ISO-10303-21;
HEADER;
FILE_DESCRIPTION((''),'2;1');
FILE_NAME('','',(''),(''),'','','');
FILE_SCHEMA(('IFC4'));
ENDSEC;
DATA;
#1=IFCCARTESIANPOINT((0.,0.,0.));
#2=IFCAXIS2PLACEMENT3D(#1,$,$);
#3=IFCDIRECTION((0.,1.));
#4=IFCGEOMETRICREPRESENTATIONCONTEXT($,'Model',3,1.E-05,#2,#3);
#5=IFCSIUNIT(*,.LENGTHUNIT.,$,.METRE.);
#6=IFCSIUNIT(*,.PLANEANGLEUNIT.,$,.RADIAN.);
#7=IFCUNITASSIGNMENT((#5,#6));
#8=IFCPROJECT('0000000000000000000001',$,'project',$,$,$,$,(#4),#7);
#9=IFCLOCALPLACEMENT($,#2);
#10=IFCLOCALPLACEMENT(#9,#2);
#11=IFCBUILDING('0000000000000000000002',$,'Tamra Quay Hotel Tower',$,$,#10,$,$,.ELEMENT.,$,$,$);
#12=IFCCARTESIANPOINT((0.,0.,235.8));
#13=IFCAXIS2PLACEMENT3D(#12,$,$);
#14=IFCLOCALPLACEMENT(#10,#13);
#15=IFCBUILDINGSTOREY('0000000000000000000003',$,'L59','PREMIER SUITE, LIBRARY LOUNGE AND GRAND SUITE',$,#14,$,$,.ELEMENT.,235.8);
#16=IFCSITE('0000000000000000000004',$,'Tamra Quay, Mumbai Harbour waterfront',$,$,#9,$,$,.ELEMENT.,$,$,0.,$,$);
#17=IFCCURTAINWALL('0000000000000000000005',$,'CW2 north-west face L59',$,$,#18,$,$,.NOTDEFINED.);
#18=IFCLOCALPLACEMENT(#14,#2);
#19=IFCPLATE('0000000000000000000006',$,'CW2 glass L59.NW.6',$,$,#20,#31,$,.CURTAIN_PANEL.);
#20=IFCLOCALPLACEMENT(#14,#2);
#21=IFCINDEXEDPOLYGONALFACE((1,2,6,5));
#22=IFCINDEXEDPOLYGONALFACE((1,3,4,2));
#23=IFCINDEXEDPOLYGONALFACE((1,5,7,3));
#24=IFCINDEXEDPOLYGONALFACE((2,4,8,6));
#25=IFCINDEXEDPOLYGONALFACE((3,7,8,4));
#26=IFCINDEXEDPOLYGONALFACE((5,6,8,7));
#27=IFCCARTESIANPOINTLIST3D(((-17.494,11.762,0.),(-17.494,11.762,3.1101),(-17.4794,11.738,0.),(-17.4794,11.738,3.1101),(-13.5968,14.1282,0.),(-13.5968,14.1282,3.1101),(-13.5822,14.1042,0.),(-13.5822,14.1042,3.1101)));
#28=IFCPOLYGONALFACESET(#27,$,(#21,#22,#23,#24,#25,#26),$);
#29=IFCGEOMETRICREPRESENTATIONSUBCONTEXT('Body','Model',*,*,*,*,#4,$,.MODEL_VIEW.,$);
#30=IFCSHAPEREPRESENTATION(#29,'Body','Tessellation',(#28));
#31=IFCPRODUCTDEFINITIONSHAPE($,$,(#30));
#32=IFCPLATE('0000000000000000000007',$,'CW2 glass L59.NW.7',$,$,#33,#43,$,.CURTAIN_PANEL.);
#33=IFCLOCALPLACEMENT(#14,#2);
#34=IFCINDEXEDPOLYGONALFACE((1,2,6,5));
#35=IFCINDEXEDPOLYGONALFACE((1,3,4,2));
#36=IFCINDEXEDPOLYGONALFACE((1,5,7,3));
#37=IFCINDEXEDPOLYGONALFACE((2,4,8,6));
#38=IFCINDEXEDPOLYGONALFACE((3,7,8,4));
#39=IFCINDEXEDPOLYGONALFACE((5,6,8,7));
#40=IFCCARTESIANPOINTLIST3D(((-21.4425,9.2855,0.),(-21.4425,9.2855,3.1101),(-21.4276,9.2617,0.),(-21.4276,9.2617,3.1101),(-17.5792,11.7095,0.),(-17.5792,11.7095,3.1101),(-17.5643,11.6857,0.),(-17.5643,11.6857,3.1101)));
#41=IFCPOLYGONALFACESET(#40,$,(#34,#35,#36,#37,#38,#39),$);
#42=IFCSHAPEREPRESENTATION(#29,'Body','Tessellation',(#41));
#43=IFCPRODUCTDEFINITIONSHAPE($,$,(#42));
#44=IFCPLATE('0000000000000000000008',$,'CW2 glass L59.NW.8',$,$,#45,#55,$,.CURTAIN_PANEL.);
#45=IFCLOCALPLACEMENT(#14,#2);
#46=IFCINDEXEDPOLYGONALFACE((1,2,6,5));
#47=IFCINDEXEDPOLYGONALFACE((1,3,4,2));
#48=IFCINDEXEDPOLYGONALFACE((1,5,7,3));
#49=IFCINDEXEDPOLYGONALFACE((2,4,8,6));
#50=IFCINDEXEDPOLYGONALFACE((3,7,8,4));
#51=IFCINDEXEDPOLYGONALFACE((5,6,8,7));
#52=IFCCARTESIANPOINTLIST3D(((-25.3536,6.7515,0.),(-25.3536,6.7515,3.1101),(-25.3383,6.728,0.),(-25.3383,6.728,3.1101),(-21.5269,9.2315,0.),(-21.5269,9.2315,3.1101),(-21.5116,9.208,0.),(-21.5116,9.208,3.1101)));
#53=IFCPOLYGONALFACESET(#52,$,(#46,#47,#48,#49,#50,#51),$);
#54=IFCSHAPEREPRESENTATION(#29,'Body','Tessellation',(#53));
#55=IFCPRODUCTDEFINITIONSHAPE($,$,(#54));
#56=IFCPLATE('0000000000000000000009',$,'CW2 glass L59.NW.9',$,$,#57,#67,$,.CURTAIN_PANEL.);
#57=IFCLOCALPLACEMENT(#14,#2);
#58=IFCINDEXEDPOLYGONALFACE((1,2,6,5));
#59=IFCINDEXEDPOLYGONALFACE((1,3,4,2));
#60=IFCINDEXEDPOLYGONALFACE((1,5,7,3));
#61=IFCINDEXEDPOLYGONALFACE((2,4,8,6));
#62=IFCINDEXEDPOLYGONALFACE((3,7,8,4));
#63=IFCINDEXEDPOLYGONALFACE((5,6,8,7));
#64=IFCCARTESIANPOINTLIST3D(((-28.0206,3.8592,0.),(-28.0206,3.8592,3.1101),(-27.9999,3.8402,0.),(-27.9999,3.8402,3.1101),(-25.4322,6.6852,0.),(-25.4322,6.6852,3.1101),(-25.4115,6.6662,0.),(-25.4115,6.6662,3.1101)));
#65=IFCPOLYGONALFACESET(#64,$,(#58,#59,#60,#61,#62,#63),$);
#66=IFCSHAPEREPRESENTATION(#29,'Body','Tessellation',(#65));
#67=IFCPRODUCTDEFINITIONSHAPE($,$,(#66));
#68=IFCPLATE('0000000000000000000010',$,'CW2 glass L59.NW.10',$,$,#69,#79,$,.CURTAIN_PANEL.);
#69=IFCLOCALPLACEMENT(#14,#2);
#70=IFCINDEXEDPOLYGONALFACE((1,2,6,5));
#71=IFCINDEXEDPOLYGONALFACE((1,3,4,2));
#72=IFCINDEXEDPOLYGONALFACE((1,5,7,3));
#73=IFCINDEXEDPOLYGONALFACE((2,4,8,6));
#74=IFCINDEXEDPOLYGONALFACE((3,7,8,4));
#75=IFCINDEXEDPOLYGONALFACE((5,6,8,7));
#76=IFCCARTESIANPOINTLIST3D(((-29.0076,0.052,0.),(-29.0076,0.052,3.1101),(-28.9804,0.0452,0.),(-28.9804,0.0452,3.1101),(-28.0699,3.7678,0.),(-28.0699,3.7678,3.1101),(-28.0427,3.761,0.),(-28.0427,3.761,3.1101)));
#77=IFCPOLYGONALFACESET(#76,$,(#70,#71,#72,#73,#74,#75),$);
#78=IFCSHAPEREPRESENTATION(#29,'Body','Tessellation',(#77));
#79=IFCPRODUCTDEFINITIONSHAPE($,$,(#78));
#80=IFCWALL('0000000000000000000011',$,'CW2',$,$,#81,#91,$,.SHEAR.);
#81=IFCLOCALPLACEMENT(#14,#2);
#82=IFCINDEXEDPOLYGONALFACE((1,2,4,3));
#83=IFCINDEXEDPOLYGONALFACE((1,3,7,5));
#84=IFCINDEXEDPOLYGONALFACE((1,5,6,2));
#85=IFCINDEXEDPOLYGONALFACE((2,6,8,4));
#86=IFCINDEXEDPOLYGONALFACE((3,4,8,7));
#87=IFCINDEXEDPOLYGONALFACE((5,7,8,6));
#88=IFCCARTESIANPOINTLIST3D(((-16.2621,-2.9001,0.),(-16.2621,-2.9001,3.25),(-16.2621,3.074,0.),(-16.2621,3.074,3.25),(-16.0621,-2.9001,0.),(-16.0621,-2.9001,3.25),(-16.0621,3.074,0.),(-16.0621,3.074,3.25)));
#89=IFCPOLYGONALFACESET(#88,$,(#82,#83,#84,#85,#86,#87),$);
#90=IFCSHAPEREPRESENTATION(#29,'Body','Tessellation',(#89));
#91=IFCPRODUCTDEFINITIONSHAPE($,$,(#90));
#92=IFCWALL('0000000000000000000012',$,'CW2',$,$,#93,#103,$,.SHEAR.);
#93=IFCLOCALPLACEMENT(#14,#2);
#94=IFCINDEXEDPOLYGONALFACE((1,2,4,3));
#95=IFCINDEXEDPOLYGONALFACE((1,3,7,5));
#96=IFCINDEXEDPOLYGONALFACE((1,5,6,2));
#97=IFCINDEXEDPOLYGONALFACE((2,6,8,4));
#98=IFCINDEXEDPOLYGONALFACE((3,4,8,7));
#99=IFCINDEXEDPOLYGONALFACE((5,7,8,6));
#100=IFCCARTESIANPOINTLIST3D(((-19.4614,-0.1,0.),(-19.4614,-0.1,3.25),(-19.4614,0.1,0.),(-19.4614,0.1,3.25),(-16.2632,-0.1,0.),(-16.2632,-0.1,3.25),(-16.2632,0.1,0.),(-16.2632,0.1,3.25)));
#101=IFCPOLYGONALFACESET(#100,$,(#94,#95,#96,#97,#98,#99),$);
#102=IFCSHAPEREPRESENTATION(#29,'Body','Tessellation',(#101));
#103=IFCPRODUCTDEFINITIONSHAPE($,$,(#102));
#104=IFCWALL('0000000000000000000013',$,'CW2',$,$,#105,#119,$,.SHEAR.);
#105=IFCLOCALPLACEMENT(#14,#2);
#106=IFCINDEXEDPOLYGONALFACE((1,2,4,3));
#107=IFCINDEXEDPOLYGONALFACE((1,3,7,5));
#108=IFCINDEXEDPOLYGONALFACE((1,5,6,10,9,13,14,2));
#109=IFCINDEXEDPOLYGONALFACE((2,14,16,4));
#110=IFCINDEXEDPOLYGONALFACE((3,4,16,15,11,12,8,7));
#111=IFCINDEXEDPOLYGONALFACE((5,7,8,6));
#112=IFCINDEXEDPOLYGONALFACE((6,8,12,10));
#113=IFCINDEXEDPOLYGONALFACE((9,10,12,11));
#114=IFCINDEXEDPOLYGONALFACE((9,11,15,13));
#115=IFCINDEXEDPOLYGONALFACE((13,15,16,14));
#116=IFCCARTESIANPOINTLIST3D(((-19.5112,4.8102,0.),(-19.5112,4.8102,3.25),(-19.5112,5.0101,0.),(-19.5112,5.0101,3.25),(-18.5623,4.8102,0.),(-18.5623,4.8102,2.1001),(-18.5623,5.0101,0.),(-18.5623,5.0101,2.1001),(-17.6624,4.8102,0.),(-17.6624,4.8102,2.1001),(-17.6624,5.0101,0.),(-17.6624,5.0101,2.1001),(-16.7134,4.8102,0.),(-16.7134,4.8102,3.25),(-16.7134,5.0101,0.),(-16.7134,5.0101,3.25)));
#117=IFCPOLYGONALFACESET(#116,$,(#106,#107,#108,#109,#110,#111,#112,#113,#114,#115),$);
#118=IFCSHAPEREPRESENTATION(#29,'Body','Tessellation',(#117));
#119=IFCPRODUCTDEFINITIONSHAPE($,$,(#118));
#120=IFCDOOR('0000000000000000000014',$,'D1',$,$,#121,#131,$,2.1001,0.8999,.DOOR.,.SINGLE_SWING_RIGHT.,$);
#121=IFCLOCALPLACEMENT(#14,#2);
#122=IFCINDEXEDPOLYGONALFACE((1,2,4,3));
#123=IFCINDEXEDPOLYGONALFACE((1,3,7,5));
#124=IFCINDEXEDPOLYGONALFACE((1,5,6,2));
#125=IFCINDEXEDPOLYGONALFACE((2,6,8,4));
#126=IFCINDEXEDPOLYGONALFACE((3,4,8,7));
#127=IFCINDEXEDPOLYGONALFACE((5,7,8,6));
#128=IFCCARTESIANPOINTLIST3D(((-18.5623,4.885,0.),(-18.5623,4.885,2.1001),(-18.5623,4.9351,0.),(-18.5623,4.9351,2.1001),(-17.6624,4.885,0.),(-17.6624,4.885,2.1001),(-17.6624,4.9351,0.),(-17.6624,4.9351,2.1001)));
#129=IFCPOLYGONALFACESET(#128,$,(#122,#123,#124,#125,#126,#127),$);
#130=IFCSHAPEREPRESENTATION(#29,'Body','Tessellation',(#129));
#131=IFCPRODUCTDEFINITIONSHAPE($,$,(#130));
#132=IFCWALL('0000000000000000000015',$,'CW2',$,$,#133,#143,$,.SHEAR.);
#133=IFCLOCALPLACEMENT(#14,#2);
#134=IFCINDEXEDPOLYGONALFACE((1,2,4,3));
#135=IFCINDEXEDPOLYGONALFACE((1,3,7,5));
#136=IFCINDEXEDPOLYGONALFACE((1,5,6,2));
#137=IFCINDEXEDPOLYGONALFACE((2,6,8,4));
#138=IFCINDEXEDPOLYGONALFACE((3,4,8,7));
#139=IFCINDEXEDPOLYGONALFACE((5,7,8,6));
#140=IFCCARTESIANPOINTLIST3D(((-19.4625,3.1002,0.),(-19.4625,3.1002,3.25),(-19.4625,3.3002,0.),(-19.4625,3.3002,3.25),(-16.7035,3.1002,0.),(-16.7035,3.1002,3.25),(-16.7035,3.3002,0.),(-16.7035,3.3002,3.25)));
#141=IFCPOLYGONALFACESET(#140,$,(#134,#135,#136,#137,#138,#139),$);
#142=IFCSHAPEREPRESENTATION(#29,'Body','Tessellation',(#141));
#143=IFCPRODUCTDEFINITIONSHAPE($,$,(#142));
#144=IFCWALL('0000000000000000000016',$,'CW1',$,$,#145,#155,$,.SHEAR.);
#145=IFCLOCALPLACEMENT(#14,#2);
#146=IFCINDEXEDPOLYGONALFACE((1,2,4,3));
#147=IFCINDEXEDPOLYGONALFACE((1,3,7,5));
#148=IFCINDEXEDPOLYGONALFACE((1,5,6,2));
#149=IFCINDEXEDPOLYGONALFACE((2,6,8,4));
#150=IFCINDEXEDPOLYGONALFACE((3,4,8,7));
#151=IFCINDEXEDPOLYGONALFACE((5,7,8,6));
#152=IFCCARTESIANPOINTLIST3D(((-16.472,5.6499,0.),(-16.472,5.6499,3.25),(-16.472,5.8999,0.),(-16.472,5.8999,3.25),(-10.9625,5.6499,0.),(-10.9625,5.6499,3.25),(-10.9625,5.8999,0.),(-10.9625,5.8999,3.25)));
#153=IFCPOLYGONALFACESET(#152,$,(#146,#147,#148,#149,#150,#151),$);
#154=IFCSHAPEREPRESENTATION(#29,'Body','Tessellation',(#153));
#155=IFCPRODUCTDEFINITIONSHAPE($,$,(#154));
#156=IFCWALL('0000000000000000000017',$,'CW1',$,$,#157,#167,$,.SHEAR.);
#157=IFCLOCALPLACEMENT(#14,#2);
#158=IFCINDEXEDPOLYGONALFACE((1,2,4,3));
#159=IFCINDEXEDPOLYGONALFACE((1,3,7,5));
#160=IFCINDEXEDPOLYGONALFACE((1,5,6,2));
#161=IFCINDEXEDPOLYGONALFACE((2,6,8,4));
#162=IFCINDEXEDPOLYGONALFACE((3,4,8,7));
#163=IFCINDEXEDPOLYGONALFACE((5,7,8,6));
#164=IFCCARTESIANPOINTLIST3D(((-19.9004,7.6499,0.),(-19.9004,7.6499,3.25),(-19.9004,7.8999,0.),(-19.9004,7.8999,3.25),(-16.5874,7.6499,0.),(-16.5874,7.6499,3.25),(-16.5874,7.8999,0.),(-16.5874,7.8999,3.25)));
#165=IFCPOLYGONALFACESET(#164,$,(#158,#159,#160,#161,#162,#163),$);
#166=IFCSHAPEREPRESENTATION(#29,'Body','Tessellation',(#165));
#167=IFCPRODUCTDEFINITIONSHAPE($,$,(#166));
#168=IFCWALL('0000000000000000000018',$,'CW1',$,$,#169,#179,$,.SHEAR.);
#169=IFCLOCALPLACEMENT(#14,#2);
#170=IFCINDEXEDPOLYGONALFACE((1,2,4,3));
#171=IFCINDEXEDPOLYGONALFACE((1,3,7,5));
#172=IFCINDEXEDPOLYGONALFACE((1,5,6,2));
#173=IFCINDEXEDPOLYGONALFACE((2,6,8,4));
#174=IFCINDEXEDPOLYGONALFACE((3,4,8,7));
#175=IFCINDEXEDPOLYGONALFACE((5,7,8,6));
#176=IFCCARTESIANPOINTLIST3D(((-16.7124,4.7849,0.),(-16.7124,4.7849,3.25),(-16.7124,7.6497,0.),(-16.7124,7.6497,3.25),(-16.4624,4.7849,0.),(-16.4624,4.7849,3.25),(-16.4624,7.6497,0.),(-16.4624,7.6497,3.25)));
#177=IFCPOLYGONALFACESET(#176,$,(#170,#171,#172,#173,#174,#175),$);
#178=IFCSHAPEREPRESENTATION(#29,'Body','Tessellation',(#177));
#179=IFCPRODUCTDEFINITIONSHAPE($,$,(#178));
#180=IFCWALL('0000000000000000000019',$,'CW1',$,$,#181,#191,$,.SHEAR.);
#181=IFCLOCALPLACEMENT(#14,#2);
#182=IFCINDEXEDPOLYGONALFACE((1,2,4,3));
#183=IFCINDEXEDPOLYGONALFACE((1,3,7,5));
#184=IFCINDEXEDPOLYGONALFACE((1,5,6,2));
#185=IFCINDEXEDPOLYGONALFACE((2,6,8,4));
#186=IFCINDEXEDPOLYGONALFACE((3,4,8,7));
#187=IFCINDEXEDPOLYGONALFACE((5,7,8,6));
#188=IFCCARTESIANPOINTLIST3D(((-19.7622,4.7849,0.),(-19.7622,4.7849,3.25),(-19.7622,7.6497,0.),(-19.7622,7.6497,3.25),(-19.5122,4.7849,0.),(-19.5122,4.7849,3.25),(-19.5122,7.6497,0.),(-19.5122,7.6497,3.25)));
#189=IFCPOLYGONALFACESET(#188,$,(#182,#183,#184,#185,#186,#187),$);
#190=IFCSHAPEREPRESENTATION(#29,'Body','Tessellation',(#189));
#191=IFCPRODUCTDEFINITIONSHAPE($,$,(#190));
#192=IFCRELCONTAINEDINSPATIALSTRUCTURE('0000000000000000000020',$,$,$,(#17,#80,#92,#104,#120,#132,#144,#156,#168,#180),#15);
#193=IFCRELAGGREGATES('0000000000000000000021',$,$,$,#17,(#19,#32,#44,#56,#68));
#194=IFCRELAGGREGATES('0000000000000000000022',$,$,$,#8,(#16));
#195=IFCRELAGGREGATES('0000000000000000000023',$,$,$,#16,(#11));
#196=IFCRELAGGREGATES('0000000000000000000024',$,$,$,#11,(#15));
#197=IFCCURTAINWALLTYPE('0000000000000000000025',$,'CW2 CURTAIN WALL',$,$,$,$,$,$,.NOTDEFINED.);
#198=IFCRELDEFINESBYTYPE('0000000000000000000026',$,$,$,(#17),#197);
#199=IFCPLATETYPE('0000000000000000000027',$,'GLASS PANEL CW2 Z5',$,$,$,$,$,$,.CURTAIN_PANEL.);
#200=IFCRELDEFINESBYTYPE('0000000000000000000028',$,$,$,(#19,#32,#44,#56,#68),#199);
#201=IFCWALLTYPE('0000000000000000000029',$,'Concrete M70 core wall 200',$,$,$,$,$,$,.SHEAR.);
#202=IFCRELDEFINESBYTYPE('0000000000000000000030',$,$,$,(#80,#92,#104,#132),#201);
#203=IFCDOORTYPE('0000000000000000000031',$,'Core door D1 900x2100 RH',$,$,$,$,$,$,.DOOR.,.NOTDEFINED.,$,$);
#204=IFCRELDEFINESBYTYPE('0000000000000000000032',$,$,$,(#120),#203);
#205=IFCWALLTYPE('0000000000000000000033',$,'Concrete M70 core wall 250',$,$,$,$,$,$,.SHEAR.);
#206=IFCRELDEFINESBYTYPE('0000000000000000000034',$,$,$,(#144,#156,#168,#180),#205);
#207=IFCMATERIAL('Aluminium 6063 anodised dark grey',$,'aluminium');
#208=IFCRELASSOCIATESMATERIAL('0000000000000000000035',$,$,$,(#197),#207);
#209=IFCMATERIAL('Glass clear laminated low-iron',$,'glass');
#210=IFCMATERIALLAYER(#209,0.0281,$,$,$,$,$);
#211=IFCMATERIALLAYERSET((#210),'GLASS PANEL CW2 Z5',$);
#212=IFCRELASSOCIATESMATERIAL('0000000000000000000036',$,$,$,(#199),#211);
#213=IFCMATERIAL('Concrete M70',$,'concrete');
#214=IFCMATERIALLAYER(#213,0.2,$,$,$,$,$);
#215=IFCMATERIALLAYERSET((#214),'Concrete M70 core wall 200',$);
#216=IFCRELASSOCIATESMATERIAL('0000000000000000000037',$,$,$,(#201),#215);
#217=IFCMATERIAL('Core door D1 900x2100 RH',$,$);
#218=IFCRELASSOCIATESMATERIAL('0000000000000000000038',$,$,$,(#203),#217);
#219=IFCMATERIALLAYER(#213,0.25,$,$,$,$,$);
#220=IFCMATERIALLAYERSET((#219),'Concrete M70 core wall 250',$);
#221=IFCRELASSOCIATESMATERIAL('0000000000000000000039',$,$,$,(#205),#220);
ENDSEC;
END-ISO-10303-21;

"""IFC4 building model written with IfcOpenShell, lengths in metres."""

from ifc_helpers import new_model, si_unit, direction, frame, frame_2d, origin, origin_2d, place, context, subcontext, project, spatial, rectangle, extrude, material, layer, layer_set, type_object, element, fill, aggregate, save


model = new_model("IFC4")

# Units and contexts
model_context = context("Model", 3, precision=1e-05, world=origin(), true_north=direction((0.0, 1.0)))
body_context = subcontext(model_context, "Body", "Model", "MODEL_VIEW")
ifc_project = project(units=[si_unit("LENGTHUNIT", "METRE"), si_unit("PLANEANGLEUNIT", "RADIAN")], contexts=[model_context])

# Site, building, storey
site_placement = place(None, origin())
site = spatial("IfcSite", under=ifc_project, at=site_placement, Name="Tamra Quay, Mumbai Harbour waterfront", CompositionType="ELEMENT", RefElevation=0.0)
building_placement = place(site_placement, origin())
building = spatial("IfcBuilding", under=site, at=building_placement, Name="Tamra Quay Hotel Tower", CompositionType="ELEMENT")
storey_placement = place(building_placement, frame((0.0, 0.0, 235.8)))
storey = spatial("IfcBuildingStorey", under=building, at=storey_placement, Name="L59", Description="PREMIER SUITE, LIBRARY LOUNGE AND GRAND SUITE", CompositionType="ELEMENT", Elevation=235.8)

# Shared definitions
ifc_material_1 = material(Name="Concrete M70", Category="concrete")

# Curtain wall
ifc_material_2 = material(Name="Aluminium 6063 anodised dark grey", Category="aluminium")
curtain_wall_type = type_object("IfcCurtainWallType", Name="CW2 CURTAIN WALL", PredefinedType="NOTDEFINED", material=ifc_material_2)
curtain_wall_placement = place(storey_placement, origin())
curtain_wall = element("IfcCurtainWall", 1, at=curtain_wall_placement, inside=storey, type_object=curtain_wall_type, Name="CW2 north-west face L59", PredefinedType="NOTDEFINED")

# Plates
ifc_material_3 = material(Name="Glass clear laminated low-iron", Category="glass")
ifc_layer_1 = layer(ifc_material_3, 0.0281)
ifc_layer_set_1 = layer_set([ifc_layer_1], Name="GLASS PANEL CW2 Z5")
plate_type = type_object("IfcPlateType", Name="GLASS PANEL CW2 Z5", PredefinedType="CURTAIN_PANEL", material=ifc_layer_set_1)
plate_1_placement = place(storey_placement, frame((-15.5381, 12.9331, 0.0), z_axis=(0.0, 0.0, 1.0), x_axis=(-0.854783, -0.518985, 0.0)))
plate_1 = element("IfcPlate", 2, at=plate_1_placement, type_object=plate_type, Name="CW2 glass L59.NW.6", PredefinedType="CURTAIN_PANEL", context=body_context, shape_type="SweptSolid", body=[
    extrude(rectangle(XDim=4.5593, YDim=0.0281, at=origin_2d()), origin(), (0.0, 0.0, 1.0), 3.1101),
])
plate_2_placement = place(storey_placement, frame((-19.5034, 10.4856, 0.0), z_axis=(0.0, 0.0, 1.0), x_axis=(-0.847069, -0.531484, 0.0)))
plate_2 = element("IfcPlate", 3, at=plate_2_placement, type_object=plate_type, Name="CW2 glass L59.NW.7", PredefinedType="CURTAIN_PANEL", context=body_context, shape_type="SweptSolid", body=[
    extrude(rectangle(XDim=4.5608, YDim=0.0281, at=origin_2d()), origin(), (0.0, 0.0, 1.0), 3.1101),
])
plate_3_placement = place(storey_placement, frame((-23.4326, 7.9797, 0.0), z_axis=(0.0, 0.0, 1.0), x_axis=(-0.839179, -0.543855, 0.0)))
plate_3 = element("IfcPlate", 4, at=plate_3_placement, type_object=plate_type, Name="CW2 glass L59.NW.8", PredefinedType="CURTAIN_PANEL", context=body_context, shape_type="SweptSolid", body=[
    extrude(rectangle(XDim=4.5601, YDim=0.0281, at=origin_2d()), origin(), (0.0, 0.0, 1.0), 3.1101),
])
plate_4_placement = place(storey_placement, frame((-26.7161, 5.2627, 0.0), z_axis=(0.0, 0.0, 1.0), x_axis=(-0.675438, -0.737417, 0.0)))
plate_4 = element("IfcPlate", 5, at=plate_4_placement, type_object=plate_type, Name="CW2 glass L59.NW.9", PredefinedType="CURTAIN_PANEL", context=body_context, shape_type="SweptSolid", body=[
    extrude(rectangle(XDim=3.8323, YDim=0.0281, at=origin_2d()), origin(), (0.0, 0.0, 1.0), 3.1101),
])
plate_5_placement = place(storey_placement, frame((-28.5251, 1.9065, 0.0), z_axis=(0.0, 0.0, 1.0), x_axis=(-0.244677, -0.969605, 0.0)))
plate_5 = element("IfcPlate", 6, at=plate_5_placement, type_object=plate_type, Name="CW2 glass L59.NW.10", PredefinedType="CURTAIN_PANEL", context=body_context, shape_type="SweptSolid", body=[
    extrude(rectangle(XDim=3.8323, YDim=0.0281, at=origin_2d()), origin(), (0.0, 0.0, 1.0), 3.1101),
])
aggregate(curtain_wall, [plate_1, plate_2, plate_3, plate_4, plate_5])

# Walls
ifc_layer_2 = layer(ifc_material_1, 0.2)
ifc_layer_set_2 = layer_set([ifc_layer_2], Name="Concrete M70 core wall 200")
wall_type_1 = type_object("IfcWallType", Name="Concrete M70 core wall 200", PredefinedType="SHEAR", material=ifc_layer_set_2)
wall_1_placement = place(storey_placement, frame((-16.1621, 3.074, 0.0), z_axis=(0.0, 0.0, 1.0), x_axis=(0.0, -1.0, 0.0)))
element("IfcWall", 7, at=wall_1_placement, inside=storey, type_object=wall_type_1, Name="CW2", PredefinedType="SHEAR", context=body_context, shape_type="SweptSolid", body=[
    extrude(rectangle(XDim=5.9741, YDim=0.2, at=frame_2d((2.9871, 0.0))), origin(), (0.0, 0.0, 1.0), 3.25),
])
wall_2_placement = place(storey_placement, frame((-16.2632, 0.0, 0.0), z_axis=(0.0, 0.0, 1.0), x_axis=(-1.0, 0.0, 0.0)))
element("IfcWall", 8, at=wall_2_placement, inside=storey, type_object=wall_type_1, Name="CW2", PredefinedType="SHEAR", context=body_context, shape_type="SweptSolid", body=[
    extrude(rectangle(XDim=3.1982, YDim=0.2, at=frame_2d((1.5991, 0.0))), origin(), (0.0, 0.0, 1.0), 3.25),
])

# Wall, opening, door
wall_3_placement = place(storey_placement, frame((-19.5112, 4.9102, 0.0), z_axis=(0.0, 0.0, 1.0), x_axis=(1.0, 0.0, 0.0)))
wall_3 = element("IfcWall", 9, at=wall_3_placement, inside=storey, type_object=wall_type_1, Name="CW2", PredefinedType="SHEAR", context=body_context, shape_type="SweptSolid", body=[
    extrude(rectangle(XDim=2.7979, YDim=0.2, at=frame_2d((1.3989, 0.0))), origin(), (0.0, 0.0, 1.0), 3.25),
])
opening_placement = place(wall_3_placement, frame((0.949, 0.0, 0.0)))
opening = element("IfcOpeningElement", 10, at=opening_placement, cuts=wall_3, PredefinedType="OPENING", context=body_context, shape_type="SweptSolid", body=[
    extrude(rectangle(XDim=0.8999, YDim=2.1001, at=frame_2d((0.45, 1.05))), frame((0.0, 0.1099, 0.0), z_axis=(0.0, -1.0, 0.0), x_axis=(1.0, 0.0, 0.0)), (0.0, 0.0, 1.0), 0.22),
])
ifc_material_4 = material(Name="Core door D1 900x2100 RH")
door_type = type_object("IfcDoorType", Name="Core door D1 900x2100 RH", OperationType="NOTDEFINED", PredefinedType="DOOR", material=ifc_material_4)
door_placement = place(opening_placement, origin())
door = element("IfcDoor", 11, at=door_placement, inside=storey, type_object=door_type, Name="D1", OperationType="SINGLE_SWING_RIGHT", OverallHeight=2.1001, OverallWidth=0.8999, PredefinedType="DOOR", context=body_context, shape_type="SweptSolid", body=[
    extrude(rectangle(XDim=0.8999, YDim=2.1001, at=frame_2d((0.45, 1.05))), frame((0.0, 0.0249, 0.0), z_axis=(0.0, -1.0, 0.0), x_axis=(1.0, 0.0, 0.0)), (0.0, 0.0, 1.0), 0.05),
])
fill(opening, door)

# Walls
wall_4_placement = place(storey_placement, frame((-19.4624, 3.2002, 0.0), z_axis=(0.0, 0.0, 1.0), x_axis=(1.0, 0.0, 0.0)))
element("IfcWall", 12, at=wall_4_placement, inside=storey, type_object=wall_type_1, Name="CW2", PredefinedType="SHEAR", context=body_context, shape_type="SweptSolid", body=[
    extrude(rectangle(XDim=2.759, YDim=0.2, at=frame_2d((1.3794, 0.0))), origin(), (0.0, 0.0, 1.0), 3.25),
])
ifc_layer_3 = layer(ifc_material_1, 0.25)
ifc_layer_set_3 = layer_set([ifc_layer_3], Name="Concrete M70 core wall 250")
wall_type_2 = type_object("IfcWallType", Name="Concrete M70 core wall 250", PredefinedType="SHEAR", material=ifc_layer_set_3)
wall_5_placement = place(storey_placement, frame((-16.4722, 5.7749, 0.0), z_axis=(0.0, 0.0, 1.0), x_axis=(1.0, 0.0, 0.0)))
element("IfcWall", 13, at=wall_5_placement, inside=storey, type_object=wall_type_2, Name="CW1", PredefinedType="SHEAR", context=body_context, shape_type="SweptSolid", body=[
    extrude(rectangle(XDim=5.5095, YDim=0.25, at=frame_2d((2.7549, 0.0))), origin(), (0.0, 0.0, 1.0), 3.25),
])
wall_6_placement = place(storey_placement, frame((-19.9004, 7.7749, 0.0), z_axis=(0.0, 0.0, 1.0), x_axis=(1.0, 0.0, 0.0)))
element("IfcWall", 14, at=wall_6_placement, inside=storey, type_object=wall_type_2, Name="CW1", PredefinedType="SHEAR", context=body_context, shape_type="SweptSolid", body=[
    extrude(rectangle(XDim=3.313, YDim=0.25, at=frame_2d((1.6565, 0.0))), origin(), (0.0, 0.0, 1.0), 3.25),
])
for number, where, z_axis, x_axis, name in (
    (15, (-16.5874, 7.6497, 0.0), (0.0, 0.0, 1.0), (0.0, -1.0, 0.0), "CW1"),
    (16, (-19.6372, 4.7849, 0.0), (0.0, 0.0, 1.0), (0.0, 1.0, 0.0), "CW1"),
):
    element("IfcWall", number, at=place(storey_placement, frame(where, z_axis=z_axis, x_axis=x_axis)), inside=storey, type_object=wall_type_2, Name=name, PredefinedType="SHEAR", context=body_context, shape_type="SweptSolid", body=[
        extrude(rectangle(XDim=2.8647, YDim=0.25, at=frame_2d((1.4324, 0.0))), origin(), (0.0, 0.0, 1.0), 3.25),
    ])

save(model, "model.ifc")
